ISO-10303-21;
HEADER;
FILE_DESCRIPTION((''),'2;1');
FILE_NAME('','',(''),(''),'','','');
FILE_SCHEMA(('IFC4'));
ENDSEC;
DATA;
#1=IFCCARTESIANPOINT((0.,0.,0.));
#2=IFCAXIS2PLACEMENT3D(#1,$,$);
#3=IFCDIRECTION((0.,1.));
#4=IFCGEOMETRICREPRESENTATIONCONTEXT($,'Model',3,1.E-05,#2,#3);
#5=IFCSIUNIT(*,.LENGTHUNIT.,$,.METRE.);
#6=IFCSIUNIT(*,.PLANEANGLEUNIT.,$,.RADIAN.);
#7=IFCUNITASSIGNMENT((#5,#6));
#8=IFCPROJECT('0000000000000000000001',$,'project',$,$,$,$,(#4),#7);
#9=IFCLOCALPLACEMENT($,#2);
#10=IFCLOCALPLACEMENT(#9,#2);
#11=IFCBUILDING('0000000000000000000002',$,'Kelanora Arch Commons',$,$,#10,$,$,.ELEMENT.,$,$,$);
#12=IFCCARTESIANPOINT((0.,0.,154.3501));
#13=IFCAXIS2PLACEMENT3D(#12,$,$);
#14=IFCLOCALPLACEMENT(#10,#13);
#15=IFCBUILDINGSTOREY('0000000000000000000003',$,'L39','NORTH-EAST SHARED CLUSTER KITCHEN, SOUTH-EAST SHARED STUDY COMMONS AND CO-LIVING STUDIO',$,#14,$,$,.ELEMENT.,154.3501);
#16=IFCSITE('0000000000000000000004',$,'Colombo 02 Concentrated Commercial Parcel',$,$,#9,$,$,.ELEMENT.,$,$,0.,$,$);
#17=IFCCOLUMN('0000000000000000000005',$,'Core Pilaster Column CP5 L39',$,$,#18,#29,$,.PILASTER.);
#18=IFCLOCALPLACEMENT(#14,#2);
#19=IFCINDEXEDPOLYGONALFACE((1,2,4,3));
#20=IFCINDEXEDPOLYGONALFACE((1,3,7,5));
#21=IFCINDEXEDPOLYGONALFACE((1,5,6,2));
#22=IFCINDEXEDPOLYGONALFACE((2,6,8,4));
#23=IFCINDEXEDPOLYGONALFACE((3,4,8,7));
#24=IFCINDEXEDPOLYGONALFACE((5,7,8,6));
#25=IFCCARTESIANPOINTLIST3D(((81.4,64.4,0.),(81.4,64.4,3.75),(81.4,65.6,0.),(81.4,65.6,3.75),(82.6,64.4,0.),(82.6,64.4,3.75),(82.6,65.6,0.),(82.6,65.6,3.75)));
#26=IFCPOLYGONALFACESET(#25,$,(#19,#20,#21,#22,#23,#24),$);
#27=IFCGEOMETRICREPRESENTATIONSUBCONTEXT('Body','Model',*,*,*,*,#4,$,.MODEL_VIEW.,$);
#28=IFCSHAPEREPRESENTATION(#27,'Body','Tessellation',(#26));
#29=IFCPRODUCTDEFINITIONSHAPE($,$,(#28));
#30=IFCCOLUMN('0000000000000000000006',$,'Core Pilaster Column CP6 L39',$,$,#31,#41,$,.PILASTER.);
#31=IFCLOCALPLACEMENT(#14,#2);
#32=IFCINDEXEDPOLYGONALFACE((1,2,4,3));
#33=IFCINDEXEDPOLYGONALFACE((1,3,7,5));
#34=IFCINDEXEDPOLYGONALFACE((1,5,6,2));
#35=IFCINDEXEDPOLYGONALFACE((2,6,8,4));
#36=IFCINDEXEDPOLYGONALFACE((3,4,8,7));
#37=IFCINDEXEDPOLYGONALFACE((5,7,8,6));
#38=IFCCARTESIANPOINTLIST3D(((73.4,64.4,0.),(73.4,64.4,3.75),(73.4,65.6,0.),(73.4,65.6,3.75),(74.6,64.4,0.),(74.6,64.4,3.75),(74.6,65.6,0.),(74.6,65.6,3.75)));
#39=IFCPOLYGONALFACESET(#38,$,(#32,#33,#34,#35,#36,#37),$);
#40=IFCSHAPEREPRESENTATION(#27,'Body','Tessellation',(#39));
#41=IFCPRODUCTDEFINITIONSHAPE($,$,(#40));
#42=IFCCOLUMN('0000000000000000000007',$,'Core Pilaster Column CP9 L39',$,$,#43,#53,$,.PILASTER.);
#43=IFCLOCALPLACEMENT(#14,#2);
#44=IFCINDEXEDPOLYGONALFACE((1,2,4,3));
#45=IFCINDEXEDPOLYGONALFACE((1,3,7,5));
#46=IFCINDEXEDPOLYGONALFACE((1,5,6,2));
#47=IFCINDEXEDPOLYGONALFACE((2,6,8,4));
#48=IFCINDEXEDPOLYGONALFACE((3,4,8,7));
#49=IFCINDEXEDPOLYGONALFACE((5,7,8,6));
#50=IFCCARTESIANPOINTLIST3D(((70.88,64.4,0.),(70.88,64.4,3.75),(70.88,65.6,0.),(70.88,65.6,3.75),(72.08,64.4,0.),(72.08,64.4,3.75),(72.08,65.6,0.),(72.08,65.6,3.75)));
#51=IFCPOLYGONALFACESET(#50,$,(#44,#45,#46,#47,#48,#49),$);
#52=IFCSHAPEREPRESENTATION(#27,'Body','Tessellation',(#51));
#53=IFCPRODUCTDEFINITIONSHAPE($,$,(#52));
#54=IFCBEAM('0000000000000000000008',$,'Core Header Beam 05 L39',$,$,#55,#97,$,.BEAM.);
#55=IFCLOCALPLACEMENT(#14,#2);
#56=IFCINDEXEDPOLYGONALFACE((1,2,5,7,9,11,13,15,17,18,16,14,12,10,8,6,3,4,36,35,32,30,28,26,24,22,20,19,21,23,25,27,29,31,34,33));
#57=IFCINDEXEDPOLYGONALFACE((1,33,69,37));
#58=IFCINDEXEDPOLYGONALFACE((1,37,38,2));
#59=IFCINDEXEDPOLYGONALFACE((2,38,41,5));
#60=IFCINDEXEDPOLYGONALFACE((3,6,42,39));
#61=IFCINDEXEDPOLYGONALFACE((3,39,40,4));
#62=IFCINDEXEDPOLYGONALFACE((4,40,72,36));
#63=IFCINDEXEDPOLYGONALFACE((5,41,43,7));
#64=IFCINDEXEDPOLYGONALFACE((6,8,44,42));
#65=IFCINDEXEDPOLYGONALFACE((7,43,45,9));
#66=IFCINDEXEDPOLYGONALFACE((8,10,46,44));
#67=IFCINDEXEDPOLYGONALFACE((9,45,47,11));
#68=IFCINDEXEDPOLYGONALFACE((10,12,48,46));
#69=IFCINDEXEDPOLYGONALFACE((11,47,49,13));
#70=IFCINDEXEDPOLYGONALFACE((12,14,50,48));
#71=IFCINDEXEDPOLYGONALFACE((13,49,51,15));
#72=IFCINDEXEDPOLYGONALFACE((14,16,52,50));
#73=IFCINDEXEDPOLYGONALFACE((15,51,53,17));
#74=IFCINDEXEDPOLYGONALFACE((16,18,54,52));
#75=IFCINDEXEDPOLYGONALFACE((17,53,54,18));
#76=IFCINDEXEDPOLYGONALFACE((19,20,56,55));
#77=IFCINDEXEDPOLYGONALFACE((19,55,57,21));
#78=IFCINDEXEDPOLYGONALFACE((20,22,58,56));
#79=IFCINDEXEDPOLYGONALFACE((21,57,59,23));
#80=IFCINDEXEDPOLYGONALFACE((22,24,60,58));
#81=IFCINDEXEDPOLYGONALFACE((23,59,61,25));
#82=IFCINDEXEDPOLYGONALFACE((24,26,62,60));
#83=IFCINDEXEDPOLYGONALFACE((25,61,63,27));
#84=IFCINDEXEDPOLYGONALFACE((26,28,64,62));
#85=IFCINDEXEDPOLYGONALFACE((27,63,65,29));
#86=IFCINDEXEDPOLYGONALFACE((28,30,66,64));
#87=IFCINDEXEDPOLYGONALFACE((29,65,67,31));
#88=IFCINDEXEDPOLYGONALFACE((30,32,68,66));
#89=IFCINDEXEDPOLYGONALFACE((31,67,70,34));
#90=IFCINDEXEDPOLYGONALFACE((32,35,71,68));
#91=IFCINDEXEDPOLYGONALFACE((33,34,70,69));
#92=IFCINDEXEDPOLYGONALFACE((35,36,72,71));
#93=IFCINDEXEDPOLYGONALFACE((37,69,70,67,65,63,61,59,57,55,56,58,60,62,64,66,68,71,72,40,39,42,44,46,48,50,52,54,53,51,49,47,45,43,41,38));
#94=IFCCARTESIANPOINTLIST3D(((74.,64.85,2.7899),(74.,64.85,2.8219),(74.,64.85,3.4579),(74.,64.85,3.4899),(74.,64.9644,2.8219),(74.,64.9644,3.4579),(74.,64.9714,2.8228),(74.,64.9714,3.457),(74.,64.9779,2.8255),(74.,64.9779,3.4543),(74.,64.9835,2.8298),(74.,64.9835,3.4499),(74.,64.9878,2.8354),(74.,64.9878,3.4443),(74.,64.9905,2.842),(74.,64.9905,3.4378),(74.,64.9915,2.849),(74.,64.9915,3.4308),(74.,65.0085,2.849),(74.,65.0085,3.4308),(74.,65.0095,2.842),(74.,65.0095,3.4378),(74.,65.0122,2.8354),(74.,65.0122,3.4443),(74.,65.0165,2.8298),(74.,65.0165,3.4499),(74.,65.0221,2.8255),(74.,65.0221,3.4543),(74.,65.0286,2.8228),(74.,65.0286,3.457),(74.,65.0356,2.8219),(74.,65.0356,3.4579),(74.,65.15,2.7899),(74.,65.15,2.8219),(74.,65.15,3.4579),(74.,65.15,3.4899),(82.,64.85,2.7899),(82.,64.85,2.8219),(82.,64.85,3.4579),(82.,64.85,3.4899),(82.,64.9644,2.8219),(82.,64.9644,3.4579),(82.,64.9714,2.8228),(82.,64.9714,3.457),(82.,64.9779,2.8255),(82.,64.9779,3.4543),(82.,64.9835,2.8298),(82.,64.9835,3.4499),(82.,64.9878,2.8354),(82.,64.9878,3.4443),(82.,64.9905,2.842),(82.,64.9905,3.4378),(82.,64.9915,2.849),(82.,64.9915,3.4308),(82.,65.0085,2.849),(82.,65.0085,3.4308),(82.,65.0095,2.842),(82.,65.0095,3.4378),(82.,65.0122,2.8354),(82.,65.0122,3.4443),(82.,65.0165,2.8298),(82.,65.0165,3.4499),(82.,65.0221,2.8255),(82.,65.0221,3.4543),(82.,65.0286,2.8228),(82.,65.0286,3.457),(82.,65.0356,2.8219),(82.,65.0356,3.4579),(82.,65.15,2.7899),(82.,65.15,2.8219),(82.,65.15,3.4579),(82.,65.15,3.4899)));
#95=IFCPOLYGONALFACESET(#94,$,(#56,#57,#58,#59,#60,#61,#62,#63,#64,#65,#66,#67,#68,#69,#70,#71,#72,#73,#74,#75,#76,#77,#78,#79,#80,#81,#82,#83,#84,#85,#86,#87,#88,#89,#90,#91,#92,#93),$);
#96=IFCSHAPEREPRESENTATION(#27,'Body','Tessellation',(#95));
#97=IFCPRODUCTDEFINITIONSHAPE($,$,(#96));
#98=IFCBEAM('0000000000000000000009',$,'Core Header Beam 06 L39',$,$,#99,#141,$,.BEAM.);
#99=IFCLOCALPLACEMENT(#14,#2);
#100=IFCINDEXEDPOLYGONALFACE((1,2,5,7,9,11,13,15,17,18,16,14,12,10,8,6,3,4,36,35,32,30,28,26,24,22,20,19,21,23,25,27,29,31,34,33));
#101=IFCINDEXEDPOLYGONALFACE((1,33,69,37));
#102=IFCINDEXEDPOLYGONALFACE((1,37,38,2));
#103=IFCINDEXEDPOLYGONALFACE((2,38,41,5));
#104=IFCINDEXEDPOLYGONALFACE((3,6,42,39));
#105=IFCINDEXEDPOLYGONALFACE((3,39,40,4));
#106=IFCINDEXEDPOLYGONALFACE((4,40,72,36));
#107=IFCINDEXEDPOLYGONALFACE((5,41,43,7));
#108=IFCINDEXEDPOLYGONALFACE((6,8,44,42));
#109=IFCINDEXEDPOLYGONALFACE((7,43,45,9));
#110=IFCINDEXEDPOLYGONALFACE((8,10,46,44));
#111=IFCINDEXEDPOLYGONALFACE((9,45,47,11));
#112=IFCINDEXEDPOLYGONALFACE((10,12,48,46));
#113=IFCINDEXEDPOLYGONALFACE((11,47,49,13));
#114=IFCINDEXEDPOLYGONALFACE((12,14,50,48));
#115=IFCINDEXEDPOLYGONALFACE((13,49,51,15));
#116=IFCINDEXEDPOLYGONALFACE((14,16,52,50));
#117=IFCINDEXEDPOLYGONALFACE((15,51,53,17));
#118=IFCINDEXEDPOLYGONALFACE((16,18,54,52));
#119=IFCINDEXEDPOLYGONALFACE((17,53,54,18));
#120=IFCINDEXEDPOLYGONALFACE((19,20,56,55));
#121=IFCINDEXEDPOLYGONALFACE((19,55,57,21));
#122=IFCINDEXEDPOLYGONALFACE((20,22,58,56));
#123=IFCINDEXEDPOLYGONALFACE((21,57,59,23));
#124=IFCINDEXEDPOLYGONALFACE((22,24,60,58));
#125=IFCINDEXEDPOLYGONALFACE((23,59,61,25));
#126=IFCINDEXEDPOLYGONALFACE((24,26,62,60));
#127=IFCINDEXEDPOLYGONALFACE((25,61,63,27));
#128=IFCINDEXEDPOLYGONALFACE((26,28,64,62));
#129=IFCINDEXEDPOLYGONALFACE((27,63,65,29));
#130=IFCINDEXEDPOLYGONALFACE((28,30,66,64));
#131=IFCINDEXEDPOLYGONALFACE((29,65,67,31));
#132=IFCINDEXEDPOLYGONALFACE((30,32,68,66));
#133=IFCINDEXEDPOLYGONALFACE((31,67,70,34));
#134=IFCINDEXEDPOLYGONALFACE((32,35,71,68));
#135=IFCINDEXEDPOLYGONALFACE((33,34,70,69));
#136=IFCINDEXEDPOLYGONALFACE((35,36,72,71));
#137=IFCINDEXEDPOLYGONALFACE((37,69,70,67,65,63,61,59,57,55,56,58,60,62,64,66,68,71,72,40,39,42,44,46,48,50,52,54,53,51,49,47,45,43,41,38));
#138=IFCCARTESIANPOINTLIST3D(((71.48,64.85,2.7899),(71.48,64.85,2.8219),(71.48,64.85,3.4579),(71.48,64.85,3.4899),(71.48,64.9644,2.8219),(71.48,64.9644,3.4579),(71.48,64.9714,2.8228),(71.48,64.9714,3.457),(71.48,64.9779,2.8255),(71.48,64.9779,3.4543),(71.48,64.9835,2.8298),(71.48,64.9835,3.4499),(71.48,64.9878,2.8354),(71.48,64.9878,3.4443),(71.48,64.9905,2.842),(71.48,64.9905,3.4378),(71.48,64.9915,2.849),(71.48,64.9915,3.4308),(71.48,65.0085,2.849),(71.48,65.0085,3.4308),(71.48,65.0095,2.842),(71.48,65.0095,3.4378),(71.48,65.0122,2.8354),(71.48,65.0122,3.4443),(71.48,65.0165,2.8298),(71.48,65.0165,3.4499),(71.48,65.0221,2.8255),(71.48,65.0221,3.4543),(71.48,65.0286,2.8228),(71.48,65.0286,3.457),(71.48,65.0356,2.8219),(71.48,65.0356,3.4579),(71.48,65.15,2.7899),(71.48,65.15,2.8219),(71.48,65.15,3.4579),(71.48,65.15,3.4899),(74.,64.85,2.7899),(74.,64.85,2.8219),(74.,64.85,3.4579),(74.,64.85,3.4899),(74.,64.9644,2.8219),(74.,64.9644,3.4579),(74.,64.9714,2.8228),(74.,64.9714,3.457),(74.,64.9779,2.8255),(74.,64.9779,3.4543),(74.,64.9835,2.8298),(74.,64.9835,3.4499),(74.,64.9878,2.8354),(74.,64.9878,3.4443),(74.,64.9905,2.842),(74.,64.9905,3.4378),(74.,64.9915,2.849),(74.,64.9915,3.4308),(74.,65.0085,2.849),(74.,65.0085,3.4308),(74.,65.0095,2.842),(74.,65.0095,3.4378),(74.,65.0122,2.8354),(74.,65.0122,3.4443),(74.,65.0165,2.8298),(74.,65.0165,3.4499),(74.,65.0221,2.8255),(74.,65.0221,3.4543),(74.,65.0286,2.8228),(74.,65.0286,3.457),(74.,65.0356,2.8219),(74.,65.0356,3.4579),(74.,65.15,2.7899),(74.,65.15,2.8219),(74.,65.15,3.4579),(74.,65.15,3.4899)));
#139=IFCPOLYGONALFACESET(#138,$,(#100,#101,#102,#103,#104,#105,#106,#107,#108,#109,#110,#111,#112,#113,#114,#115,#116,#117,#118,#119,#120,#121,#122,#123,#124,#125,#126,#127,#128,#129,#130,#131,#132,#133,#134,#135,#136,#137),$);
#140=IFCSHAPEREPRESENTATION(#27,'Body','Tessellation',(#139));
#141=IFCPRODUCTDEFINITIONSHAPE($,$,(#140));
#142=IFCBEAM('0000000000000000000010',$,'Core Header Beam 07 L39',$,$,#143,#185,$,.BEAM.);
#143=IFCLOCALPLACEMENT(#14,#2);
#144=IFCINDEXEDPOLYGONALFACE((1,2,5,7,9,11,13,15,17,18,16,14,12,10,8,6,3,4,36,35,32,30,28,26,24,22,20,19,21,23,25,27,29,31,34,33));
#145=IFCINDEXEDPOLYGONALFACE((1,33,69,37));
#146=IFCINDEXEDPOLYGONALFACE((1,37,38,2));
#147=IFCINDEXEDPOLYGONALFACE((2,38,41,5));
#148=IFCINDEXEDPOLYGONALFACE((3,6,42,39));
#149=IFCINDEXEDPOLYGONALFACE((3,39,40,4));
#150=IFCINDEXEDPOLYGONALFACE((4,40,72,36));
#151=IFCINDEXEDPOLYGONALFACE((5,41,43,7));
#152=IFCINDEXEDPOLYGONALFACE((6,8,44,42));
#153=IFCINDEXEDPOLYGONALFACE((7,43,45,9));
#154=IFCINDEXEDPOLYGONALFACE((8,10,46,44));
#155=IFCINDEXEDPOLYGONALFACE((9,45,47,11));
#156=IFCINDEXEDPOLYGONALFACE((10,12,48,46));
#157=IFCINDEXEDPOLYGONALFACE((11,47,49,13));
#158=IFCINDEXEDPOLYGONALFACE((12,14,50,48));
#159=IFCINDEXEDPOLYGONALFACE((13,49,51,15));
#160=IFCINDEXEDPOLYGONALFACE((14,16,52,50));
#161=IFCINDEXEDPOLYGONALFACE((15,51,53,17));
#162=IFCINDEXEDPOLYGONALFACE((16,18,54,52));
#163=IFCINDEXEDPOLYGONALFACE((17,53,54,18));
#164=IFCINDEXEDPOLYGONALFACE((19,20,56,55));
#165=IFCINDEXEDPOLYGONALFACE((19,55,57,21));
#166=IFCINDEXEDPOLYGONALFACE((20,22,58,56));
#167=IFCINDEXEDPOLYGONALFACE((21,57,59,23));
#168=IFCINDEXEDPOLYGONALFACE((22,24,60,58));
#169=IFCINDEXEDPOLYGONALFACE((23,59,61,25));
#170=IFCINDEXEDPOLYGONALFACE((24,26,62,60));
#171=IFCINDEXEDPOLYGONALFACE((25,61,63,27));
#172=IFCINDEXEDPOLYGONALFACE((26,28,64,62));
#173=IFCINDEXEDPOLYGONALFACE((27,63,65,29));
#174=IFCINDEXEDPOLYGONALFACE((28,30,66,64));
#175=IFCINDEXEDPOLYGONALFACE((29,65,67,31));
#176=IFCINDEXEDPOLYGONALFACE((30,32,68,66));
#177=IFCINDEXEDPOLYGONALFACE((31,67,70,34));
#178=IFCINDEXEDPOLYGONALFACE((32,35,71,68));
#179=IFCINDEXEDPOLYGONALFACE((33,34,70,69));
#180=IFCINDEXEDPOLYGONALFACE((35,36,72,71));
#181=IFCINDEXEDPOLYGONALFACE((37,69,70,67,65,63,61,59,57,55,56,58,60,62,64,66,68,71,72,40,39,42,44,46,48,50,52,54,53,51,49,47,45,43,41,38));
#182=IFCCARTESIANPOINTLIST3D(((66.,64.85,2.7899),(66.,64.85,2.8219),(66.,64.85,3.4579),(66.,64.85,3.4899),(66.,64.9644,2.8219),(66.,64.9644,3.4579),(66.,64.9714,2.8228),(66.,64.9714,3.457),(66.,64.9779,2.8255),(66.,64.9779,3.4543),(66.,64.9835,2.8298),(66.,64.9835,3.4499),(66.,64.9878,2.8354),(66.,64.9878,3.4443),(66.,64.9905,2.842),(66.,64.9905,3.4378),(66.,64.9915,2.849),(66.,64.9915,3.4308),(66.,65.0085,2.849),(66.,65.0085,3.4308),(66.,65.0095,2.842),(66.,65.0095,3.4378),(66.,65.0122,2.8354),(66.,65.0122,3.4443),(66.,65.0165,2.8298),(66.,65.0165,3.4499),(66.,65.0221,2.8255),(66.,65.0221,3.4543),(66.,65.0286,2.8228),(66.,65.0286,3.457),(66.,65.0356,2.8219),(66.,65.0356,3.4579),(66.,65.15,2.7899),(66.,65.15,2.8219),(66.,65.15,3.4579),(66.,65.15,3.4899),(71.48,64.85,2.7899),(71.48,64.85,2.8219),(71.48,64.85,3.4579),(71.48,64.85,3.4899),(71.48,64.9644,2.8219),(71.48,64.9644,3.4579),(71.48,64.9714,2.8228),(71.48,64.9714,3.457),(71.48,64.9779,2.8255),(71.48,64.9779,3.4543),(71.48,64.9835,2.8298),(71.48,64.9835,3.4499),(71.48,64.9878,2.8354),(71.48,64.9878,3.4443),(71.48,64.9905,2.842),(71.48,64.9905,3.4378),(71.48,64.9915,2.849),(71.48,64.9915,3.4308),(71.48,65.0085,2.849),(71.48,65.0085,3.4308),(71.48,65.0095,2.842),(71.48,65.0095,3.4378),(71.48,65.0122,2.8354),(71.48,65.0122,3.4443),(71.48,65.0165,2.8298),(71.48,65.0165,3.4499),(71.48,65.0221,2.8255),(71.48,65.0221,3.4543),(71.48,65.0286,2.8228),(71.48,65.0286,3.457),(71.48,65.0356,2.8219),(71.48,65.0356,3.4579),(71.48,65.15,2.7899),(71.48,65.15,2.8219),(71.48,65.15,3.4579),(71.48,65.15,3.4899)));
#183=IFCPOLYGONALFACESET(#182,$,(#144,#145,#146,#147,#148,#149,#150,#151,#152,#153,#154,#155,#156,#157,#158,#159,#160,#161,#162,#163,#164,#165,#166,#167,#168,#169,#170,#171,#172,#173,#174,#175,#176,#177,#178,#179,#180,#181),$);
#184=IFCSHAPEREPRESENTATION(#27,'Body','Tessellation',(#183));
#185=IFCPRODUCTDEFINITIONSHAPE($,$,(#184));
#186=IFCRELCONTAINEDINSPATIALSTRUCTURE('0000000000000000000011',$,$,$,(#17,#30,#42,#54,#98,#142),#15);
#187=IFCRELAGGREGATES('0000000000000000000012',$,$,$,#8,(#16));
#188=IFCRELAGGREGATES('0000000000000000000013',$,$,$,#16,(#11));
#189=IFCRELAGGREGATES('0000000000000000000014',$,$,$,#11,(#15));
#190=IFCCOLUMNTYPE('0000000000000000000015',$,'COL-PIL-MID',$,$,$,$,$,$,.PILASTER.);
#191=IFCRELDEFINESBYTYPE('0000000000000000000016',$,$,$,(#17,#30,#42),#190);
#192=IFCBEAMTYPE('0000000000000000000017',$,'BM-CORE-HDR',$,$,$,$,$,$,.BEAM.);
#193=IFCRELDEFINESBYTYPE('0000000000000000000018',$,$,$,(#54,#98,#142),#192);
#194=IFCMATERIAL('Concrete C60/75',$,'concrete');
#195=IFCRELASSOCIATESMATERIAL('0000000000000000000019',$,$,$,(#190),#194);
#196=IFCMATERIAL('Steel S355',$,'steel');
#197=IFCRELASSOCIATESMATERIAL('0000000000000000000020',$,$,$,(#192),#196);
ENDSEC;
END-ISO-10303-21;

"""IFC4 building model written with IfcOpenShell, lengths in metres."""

from ifc_helpers import new_model, si_unit, direction, frame, origin, origin_2d, place, context, subcontext, project, spatial, rectangle, i_section, extrude, material, material_profile, profile_set, type_object, element, save


model = new_model("IFC4")

# Units and contexts
model_context = context("Model", 3, precision=1e-05, world=origin(), true_north=direction((0.0, 1.0)))
body_context = subcontext(model_context, "Body", "Model", "MODEL_VIEW")
ifc_project = project(units=[si_unit("LENGTHUNIT", "METRE"), si_unit("PLANEANGLEUNIT", "RADIAN")], contexts=[model_context])

# Site, building, storey
site_placement = place(None, origin())
site = spatial("IfcSite", under=ifc_project, at=site_placement, Name="Colombo 02 Concentrated Commercial Parcel", CompositionType="ELEMENT", RefElevation=0.0)
building_placement = place(site_placement, origin())
building = spatial("IfcBuilding", under=site, at=building_placement, Name="Kelanora Arch Commons", CompositionType="ELEMENT")
storey_placement = place(building_placement, frame((0.0, 0.0, 154.3501)))
storey = spatial("IfcBuildingStorey", under=building, at=storey_placement, Name="L39", Description="NORTH-EAST SHARED CLUSTER KITCHEN, SOUTH-EAST SHARED STUDY COMMONS AND CO-LIVING STUDIO", CompositionType="ELEMENT", Elevation=154.3501)

# Columns
ifc_material_1 = material(Name="Concrete C60/75", Category="concrete")
ifc_material_profile_1 = material_profile(ifc_material_1, rectangle(XDim=1.2, YDim=1.2, at=origin_2d()), Name="RC1200x1200")
ifc_profile_set_1 = profile_set([ifc_material_profile_1], Name="Concrete C60/75")
column_type = type_object("IfcColumnType", Name="COL-PIL-MID", PredefinedType="PILASTER", material=ifc_profile_set_1)
for number, where, z_axis, x_axis, name in (
    (1, (82.0, 65.0, 0.0), (0.0, 0.0, 1.0), (1.0, 0.0, 0.0), "Core Pilaster Column CP5 L39"),
    (2, (74.0, 65.0, 0.0), (0.0, 0.0, 1.0), (1.0, 0.0, 0.0), "Core Pilaster Column CP6 L39"),
    (3, (71.48, 65.0, 0.0), (0.0, 0.0, 1.0), (1.0, 0.0, 0.0), "Core Pilaster Column CP9 L39"),
):
    element("IfcColumn", number, at=place(storey_placement, frame(where, z_axis=z_axis, x_axis=x_axis)), inside=storey, type_object=column_type, Name=name, PredefinedType="PILASTER", context=body_context, shape_type="SweptSolid", body=[
        extrude(rectangle(XDim=1.2, YDim=1.2, at=origin_2d()), origin(), (0.0, 0.0, 1.0), 3.75),
    ])

# Beams
ifc_material_2 = material(Name="Steel S355", Category="steel")
ifc_material_profile_2 = material_profile(ifc_material_2, i_section(OverallWidth=0.3, OverallDepth=0.7, WebThickness=0.0171, FlangeThickness=0.032, FilletRadius=0.0271, at=origin_2d()), Name="HEB700")
ifc_profile_set_2 = profile_set([ifc_material_profile_2], Name="Steel S355")
beam_type_1 = type_object("IfcBeamType", Name="BM-CORE-HDR", PredefinedType="BEAM", material=ifc_profile_set_2)
beam_1_placement = place(storey_placement, frame((82.0, 65.0, 3.1399), z_axis=(-1.0, 0.0, 0.0), x_axis=(0.0, -1.0, 0.0)))
element("IfcBeam", 4, at=beam_1_placement, inside=storey, type_object=beam_type_1, Name="Core Header Beam 05 L39", PredefinedType="BEAM", context=body_context, shape_type="SweptSolid", body=[
    extrude(i_section(OverallWidth=0.3, OverallDepth=0.7, WebThickness=0.0171, FlangeThickness=0.032, FilletRadius=0.0271, at=origin_2d()), origin(), (0.0, 0.0, 1.0), 8.0),
])
beam_2_placement = place(storey_placement, frame((74.0, 65.0, 3.1399), z_axis=(-1.0, 0.0, 0.0), x_axis=(0.0, -1.0, 0.0)))
element("IfcBeam", 5, at=beam_2_placement, inside=storey, type_object=beam_type_1, Name="Core Header Beam 06 L39", PredefinedType="BEAM", context=body_context, shape_type="SweptSolid", body=[
    extrude(i_section(OverallWidth=0.3, OverallDepth=0.7, WebThickness=0.0171, FlangeThickness=0.032, FilletRadius=0.0271, at=origin_2d()), origin(), (0.0, 0.0, 1.0), 2.52),
])
beam_3_placement = place(storey_placement, frame((71.48, 65.0, 3.1399), z_axis=(-1.0, 0.0, 0.0), x_axis=(0.0, -1.0, 0.0)))
element("IfcBeam", 6, at=beam_3_placement, inside=storey, type_object=beam_type_1, Name="Core Header Beam 07 L39", PredefinedType="BEAM", context=body_context, shape_type="SweptSolid", body=[
    extrude(i_section(OverallWidth=0.3, OverallDepth=0.7, WebThickness=0.0171, FlangeThickness=0.032, FilletRadius=0.0271, at=origin_2d()), origin(), (0.0, 0.0, 1.0), 5.48),
])

save(model, "model.ifc")
